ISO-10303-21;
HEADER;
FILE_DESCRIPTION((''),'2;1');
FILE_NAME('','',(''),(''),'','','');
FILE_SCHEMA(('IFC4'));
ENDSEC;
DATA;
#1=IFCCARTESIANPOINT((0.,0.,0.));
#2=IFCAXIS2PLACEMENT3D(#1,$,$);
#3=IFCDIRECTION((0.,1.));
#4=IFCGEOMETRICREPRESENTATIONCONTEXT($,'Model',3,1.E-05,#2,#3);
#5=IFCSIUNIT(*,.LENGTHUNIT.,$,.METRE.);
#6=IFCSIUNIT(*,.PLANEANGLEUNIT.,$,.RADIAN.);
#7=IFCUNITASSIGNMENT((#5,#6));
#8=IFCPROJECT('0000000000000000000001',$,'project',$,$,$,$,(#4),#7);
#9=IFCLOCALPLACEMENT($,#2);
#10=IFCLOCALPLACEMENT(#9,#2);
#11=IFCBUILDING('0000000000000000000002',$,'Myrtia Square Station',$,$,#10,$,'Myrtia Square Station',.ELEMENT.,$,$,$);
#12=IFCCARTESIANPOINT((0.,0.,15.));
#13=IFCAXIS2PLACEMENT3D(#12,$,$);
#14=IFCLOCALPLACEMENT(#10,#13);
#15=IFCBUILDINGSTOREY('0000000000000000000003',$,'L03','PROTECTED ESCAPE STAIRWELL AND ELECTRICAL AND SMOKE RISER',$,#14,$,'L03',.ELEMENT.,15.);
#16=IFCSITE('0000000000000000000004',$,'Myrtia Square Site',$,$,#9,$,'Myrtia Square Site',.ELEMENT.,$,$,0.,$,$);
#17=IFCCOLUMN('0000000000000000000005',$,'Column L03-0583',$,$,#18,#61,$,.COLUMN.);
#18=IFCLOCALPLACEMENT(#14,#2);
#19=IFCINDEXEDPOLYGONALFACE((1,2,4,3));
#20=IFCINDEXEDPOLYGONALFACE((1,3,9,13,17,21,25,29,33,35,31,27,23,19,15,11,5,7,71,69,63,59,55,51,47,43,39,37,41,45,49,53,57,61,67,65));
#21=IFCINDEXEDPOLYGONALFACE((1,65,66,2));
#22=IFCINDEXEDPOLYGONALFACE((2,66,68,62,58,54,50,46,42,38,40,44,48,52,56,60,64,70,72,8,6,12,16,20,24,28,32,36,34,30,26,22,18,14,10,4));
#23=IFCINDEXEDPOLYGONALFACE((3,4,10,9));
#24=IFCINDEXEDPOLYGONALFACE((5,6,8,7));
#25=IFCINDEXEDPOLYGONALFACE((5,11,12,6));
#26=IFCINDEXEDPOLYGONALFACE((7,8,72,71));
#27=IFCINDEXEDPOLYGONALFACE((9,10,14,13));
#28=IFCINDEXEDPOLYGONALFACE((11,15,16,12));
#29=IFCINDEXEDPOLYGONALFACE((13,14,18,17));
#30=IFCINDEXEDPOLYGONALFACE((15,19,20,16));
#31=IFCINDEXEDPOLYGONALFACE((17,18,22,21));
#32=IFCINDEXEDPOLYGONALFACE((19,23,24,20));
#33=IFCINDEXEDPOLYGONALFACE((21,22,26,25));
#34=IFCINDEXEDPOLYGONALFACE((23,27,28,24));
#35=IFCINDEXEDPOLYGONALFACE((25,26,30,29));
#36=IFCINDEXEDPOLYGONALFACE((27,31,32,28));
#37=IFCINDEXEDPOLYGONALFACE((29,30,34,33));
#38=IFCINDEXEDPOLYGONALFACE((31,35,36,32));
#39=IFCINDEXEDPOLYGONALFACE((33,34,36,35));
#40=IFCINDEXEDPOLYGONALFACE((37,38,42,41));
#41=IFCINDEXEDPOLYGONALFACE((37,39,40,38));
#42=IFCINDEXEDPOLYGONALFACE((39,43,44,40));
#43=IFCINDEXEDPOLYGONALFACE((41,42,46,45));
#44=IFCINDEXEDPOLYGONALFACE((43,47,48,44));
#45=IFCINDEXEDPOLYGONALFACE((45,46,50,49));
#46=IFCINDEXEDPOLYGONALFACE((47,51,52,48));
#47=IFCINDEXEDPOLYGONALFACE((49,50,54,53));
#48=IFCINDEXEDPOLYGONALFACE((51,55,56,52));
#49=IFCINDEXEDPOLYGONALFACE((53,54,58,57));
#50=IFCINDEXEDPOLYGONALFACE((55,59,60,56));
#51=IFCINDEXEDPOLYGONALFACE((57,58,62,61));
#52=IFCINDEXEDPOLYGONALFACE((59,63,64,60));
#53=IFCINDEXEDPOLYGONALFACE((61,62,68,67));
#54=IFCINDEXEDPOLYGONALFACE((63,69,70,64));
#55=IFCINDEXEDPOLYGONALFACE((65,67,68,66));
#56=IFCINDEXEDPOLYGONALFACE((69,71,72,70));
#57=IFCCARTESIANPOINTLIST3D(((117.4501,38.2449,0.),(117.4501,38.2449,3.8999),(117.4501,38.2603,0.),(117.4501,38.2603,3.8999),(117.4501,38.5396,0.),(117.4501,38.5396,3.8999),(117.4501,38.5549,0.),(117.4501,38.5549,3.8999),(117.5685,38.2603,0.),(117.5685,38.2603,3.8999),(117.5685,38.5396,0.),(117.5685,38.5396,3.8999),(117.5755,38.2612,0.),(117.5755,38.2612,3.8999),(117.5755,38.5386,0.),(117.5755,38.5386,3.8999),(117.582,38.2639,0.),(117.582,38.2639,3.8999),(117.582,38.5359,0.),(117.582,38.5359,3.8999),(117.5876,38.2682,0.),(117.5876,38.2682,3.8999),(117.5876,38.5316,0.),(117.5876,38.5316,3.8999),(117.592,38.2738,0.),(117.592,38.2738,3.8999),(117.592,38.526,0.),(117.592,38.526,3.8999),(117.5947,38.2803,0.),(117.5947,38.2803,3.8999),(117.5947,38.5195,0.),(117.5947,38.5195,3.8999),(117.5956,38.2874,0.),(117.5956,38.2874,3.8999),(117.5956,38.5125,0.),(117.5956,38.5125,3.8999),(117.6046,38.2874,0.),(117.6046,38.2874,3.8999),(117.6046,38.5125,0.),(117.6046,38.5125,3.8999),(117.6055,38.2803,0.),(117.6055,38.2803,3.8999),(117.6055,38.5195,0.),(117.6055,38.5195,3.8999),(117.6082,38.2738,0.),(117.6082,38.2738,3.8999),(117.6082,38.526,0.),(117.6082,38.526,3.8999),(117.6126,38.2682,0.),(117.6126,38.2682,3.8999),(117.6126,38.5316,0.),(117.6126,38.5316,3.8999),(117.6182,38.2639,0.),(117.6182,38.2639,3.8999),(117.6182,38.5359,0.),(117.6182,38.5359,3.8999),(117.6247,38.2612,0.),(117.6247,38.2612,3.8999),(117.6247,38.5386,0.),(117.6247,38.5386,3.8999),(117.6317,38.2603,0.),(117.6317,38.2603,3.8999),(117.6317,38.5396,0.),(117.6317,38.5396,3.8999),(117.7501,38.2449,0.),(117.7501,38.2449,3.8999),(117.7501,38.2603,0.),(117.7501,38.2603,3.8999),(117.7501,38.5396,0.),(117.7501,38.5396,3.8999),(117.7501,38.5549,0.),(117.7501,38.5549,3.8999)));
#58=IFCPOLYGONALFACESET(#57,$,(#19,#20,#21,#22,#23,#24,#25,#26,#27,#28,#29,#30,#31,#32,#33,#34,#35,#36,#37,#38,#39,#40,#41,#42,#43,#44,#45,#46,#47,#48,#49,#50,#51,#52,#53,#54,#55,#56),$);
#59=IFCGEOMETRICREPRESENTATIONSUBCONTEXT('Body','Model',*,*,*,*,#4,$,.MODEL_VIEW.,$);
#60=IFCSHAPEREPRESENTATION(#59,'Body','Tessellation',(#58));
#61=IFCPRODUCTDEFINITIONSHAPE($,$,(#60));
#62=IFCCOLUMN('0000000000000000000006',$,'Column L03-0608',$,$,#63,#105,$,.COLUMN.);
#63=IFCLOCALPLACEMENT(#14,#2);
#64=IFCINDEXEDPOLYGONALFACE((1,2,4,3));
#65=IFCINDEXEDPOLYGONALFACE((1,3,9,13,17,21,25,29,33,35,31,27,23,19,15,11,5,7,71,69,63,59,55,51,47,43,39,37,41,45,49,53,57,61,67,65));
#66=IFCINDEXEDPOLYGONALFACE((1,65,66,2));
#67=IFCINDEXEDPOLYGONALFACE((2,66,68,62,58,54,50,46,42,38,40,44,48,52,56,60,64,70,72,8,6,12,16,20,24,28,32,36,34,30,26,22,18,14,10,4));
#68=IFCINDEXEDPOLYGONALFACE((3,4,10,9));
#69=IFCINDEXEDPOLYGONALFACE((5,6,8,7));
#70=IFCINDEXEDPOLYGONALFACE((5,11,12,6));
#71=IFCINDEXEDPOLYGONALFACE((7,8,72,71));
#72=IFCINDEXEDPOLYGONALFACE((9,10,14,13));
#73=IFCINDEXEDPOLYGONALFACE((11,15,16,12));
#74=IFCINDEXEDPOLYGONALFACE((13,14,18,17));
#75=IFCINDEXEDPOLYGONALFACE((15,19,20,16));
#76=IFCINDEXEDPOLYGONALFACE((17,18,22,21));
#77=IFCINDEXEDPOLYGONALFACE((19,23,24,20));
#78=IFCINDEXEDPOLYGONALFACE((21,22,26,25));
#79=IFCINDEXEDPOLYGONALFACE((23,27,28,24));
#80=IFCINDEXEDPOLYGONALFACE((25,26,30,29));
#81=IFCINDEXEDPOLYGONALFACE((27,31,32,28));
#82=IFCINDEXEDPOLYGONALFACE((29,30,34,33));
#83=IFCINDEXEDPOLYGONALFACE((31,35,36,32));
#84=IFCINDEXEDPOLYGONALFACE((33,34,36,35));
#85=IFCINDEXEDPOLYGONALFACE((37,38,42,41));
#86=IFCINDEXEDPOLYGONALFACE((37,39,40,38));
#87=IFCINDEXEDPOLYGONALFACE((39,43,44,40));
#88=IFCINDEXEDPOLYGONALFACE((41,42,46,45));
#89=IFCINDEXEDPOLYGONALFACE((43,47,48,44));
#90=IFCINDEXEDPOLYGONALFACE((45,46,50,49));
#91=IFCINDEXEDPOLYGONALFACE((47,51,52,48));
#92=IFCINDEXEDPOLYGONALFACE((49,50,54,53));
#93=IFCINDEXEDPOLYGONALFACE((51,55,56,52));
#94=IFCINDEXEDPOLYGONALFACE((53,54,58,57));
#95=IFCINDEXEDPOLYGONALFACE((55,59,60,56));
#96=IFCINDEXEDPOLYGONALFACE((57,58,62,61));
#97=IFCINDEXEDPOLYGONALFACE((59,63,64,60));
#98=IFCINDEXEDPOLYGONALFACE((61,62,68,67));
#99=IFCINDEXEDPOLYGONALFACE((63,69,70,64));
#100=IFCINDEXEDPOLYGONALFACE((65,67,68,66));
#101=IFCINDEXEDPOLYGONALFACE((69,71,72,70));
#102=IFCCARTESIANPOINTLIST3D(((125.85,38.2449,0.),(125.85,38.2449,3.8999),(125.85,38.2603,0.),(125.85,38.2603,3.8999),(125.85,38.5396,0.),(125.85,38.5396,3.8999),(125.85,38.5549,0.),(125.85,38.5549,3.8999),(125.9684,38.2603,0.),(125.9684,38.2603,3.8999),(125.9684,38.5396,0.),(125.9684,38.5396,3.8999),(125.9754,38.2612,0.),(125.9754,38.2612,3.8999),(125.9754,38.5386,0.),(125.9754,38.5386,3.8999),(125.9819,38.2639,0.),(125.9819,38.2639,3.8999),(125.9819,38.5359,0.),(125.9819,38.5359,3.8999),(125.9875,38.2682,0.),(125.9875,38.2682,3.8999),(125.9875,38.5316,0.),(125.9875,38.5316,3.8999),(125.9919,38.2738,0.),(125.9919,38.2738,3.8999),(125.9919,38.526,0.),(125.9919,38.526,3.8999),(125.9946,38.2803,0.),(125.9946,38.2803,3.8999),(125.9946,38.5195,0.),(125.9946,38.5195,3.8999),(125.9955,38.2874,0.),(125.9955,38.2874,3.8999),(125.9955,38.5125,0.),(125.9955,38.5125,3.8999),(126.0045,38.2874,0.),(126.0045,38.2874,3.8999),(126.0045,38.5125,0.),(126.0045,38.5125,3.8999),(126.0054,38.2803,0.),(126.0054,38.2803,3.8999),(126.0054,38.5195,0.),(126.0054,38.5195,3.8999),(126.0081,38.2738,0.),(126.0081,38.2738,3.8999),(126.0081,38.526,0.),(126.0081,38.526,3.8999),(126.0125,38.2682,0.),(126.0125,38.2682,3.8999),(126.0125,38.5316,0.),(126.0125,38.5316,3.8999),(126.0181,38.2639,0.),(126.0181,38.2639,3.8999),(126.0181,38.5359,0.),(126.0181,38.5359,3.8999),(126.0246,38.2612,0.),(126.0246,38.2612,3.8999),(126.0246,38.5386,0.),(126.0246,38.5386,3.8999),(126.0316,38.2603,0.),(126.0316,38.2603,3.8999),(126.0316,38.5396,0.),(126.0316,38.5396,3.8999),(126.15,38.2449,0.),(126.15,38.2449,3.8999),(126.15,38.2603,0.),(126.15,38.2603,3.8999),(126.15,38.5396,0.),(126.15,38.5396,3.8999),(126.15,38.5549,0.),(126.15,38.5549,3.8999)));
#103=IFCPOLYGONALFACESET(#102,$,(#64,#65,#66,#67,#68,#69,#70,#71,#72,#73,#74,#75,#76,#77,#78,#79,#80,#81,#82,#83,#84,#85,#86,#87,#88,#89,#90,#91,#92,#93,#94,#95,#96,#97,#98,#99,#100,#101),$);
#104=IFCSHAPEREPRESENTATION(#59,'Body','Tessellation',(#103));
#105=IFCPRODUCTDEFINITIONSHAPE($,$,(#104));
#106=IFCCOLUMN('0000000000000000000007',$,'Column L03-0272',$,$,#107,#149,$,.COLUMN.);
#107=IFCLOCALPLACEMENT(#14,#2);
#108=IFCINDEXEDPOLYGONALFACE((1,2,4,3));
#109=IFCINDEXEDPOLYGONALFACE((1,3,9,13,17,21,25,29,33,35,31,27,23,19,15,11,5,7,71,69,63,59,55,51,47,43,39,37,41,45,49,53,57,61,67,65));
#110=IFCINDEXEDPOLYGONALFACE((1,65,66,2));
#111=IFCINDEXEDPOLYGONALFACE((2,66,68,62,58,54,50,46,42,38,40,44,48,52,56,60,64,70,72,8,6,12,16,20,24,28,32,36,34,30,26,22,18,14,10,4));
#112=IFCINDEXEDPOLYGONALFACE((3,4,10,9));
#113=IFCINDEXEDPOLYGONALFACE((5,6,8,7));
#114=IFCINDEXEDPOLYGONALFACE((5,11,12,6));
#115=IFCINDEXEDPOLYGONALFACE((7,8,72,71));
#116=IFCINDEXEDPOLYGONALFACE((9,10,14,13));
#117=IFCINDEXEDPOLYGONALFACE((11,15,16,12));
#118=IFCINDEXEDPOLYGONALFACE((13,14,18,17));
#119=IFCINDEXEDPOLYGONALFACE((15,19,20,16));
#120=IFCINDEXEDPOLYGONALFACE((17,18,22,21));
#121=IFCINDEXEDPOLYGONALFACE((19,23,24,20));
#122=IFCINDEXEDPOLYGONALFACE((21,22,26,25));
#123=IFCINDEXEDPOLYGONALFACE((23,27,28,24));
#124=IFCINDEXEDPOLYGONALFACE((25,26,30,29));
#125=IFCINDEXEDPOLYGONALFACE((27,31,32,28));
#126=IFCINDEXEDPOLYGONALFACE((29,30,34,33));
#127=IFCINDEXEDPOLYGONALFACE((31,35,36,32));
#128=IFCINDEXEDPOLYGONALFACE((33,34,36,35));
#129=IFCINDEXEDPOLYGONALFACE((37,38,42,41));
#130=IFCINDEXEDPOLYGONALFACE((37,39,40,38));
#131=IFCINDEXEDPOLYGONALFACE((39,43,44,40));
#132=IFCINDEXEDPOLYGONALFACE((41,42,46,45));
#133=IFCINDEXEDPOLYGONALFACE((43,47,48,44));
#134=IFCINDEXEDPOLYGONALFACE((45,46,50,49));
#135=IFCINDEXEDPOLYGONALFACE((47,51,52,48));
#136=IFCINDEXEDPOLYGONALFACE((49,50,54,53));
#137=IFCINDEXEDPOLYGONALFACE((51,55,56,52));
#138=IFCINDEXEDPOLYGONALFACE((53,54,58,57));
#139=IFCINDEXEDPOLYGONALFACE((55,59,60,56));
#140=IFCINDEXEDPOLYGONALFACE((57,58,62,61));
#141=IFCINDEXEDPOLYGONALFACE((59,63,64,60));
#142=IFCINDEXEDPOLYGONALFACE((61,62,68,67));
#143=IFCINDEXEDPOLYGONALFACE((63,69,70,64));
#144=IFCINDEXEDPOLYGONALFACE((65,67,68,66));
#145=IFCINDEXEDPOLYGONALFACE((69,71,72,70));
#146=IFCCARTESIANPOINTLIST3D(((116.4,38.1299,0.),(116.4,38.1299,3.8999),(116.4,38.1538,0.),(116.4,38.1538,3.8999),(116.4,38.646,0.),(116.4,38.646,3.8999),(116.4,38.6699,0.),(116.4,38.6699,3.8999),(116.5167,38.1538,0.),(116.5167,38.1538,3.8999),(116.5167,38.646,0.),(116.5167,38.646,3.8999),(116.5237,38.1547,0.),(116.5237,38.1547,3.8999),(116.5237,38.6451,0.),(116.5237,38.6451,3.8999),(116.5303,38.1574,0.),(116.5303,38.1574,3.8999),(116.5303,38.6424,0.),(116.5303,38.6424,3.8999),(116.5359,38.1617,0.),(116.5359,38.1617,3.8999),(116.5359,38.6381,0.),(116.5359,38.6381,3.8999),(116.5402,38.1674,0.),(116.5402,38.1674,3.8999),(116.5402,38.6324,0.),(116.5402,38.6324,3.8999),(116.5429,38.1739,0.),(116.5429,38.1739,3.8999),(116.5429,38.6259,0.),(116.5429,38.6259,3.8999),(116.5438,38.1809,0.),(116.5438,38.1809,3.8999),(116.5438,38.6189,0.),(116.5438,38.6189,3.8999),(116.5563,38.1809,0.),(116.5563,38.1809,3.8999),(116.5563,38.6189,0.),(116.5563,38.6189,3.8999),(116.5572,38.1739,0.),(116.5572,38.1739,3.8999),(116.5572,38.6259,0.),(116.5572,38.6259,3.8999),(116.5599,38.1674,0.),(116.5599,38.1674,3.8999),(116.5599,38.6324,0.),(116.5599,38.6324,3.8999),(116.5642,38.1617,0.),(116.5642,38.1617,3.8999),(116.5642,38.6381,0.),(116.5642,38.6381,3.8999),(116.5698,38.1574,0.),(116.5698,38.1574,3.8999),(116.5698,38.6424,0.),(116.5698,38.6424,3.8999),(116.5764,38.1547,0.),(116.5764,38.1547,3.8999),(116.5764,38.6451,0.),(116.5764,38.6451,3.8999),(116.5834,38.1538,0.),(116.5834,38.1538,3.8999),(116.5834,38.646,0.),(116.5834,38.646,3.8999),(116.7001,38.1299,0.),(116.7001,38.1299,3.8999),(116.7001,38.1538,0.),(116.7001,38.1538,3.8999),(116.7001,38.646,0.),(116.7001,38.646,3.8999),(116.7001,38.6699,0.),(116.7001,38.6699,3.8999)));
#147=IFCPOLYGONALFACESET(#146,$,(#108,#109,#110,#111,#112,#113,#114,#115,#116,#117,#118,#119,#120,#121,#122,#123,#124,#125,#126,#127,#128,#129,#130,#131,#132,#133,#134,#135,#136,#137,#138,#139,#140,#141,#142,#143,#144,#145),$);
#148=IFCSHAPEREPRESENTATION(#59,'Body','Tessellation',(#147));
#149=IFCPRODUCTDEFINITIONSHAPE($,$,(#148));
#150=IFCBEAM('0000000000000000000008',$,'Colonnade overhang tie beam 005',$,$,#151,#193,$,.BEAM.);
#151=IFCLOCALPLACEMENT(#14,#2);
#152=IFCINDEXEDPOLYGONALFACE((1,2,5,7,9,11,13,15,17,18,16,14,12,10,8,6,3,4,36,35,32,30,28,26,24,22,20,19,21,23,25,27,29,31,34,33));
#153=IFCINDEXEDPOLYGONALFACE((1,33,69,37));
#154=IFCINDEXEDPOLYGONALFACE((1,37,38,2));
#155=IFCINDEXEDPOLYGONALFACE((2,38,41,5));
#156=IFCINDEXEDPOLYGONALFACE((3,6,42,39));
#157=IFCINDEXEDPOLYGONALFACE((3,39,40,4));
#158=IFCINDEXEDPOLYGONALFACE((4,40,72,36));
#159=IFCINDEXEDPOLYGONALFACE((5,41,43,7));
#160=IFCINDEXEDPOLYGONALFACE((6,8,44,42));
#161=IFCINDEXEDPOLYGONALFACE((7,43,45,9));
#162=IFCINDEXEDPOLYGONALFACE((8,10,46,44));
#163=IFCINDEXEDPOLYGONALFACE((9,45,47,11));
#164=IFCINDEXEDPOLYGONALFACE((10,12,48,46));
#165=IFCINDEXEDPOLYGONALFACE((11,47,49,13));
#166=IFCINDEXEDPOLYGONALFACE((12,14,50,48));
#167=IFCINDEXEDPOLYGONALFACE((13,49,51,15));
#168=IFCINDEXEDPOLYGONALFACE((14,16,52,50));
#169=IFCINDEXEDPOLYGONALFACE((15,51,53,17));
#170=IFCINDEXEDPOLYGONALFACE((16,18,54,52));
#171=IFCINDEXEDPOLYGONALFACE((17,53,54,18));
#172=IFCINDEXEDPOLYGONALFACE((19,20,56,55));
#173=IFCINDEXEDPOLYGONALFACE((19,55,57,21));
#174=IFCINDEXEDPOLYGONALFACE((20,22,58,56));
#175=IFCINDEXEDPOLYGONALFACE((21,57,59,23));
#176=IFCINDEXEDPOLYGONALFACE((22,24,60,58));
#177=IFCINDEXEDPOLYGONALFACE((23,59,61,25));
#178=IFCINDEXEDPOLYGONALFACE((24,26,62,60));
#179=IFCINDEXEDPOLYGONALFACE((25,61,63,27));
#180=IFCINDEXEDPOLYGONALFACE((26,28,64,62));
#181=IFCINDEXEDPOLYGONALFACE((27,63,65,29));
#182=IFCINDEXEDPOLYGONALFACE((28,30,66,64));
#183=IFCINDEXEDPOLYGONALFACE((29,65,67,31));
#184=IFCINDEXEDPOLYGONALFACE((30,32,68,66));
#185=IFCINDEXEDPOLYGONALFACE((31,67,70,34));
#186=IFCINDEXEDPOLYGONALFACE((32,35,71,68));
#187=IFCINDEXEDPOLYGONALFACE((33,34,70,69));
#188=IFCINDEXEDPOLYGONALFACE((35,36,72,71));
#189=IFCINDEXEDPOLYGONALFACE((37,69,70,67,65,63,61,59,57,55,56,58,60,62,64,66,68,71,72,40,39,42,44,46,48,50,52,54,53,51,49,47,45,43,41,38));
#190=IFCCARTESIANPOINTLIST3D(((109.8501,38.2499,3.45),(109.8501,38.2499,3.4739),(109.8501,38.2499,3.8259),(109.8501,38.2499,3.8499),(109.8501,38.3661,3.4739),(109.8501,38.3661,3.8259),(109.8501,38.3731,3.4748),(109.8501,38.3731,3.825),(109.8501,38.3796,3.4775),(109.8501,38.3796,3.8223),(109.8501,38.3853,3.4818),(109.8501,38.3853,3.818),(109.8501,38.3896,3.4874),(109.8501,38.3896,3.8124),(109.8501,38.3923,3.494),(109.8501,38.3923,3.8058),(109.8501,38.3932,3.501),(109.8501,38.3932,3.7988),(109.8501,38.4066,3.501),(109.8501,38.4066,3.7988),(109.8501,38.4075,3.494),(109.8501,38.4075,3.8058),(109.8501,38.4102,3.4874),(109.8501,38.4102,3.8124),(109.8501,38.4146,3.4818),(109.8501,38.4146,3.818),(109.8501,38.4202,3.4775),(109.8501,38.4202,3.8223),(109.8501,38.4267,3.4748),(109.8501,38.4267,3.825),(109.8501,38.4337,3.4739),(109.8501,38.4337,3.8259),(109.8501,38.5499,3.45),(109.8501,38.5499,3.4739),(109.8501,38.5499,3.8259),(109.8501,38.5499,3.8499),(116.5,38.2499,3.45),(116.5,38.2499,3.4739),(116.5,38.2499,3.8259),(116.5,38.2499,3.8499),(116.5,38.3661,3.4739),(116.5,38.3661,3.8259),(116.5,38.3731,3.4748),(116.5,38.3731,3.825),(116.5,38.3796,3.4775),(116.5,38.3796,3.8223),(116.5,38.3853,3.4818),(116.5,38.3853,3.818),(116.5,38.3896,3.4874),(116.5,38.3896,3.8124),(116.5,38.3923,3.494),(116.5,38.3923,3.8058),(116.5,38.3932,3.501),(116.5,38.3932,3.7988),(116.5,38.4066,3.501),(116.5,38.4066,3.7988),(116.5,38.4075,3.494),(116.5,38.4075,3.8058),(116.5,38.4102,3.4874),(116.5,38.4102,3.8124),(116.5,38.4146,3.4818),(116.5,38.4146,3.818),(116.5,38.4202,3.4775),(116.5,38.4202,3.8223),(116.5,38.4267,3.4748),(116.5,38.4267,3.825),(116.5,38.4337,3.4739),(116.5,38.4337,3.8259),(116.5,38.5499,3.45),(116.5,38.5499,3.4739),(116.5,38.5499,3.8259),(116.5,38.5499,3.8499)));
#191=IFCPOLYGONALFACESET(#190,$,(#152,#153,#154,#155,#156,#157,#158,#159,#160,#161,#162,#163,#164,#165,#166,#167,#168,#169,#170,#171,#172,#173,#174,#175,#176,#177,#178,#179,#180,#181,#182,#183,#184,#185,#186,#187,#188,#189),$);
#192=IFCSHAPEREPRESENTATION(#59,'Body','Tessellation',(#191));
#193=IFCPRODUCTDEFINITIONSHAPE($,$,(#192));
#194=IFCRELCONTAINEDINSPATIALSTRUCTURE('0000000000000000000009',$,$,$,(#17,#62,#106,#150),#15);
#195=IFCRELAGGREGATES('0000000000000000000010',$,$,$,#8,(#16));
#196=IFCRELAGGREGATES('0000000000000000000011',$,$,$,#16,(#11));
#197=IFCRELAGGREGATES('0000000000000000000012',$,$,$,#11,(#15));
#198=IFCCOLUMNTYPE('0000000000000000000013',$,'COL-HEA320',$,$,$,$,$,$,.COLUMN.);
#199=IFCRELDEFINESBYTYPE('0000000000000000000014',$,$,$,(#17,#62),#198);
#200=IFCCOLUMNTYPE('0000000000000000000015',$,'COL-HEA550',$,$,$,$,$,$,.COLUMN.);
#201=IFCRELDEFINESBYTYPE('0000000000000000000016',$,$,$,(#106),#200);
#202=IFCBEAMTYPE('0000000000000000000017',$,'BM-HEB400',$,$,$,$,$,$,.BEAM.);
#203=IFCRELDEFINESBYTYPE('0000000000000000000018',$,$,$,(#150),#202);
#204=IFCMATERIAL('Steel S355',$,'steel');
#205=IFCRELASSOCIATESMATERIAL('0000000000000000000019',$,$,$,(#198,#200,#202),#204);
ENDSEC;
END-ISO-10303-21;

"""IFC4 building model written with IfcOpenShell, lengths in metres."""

from ifc_helpers import new_model, si_unit, direction, frame, origin, origin_2d, place, context, subcontext, project, spatial, i_section, extrude, material, material_profile, profile_set, type_object, element, save


model = new_model("IFC4")

# Units and contexts
model_context = context("Model", 3, precision=1e-05, world=origin(), true_north=direction((0.0, 1.0)))
body_context = subcontext(model_context, "Body", "Model", "MODEL_VIEW")
ifc_project = project(units=[si_unit("LENGTHUNIT", "METRE"), si_unit("PLANEANGLEUNIT", "RADIAN")], contexts=[model_context])

# Site, building, storey
site_placement = place(None, origin())
site = spatial("IfcSite", under=ifc_project, at=site_placement, Name="Myrtia Square Site", LongName="Myrtia Square Site", CompositionType="ELEMENT", RefElevation=0.0)
building_placement = place(site_placement, origin())
building = spatial("IfcBuilding", under=site, at=building_placement, Name="Myrtia Square Station", LongName="Myrtia Square Station", CompositionType="ELEMENT")
storey_placement = place(building_placement, frame((0.0, 0.0, 15.0)))
storey = spatial("IfcBuildingStorey", under=building, at=storey_placement, Name="L03", Description="PROTECTED ESCAPE STAIRWELL AND ELECTRICAL AND SMOKE RISER", LongName="L03", CompositionType="ELEMENT", Elevation=15.0)

# Columns
ifc_material_1 = material(Name="Steel S355", Category="steel")
ifc_material_profile_1 = material_profile(ifc_material_1, i_section(OverallWidth=0.3, OverallDepth=0.3101, WebThickness=0.009, FlangeThickness=0.0154, FilletRadius=0.0271, at=origin_2d()), Name="HEA 320")
ifc_profile_set_1 = profile_set([ifc_material_profile_1], Name="Steel S355")
column_type_1 = type_object("IfcColumnType", Name="COL-HEA320", PredefinedType="COLUMN", material=ifc_profile_set_1)
for number, where, z_axis, x_axis, name in (
    (1, (117.6001, 38.3999, 0.0), (0.0, 0.0, 1.0), (1.0, 0.0, 0.0), "Column L03-0583"),
    (2, (126.0, 38.3999, 0.0), (0.0, 0.0, 1.0), (1.0, 0.0, 0.0), "Column L03-0608"),
):
    element("IfcColumn", number, at=place(storey_placement, frame(where, z_axis=z_axis, x_axis=x_axis)), inside=storey, type_object=column_type_1, Name=name, PredefinedType="COLUMN", context=body_context, shape_type="SweptSolid", body=[
        extrude(i_section(OverallWidth=0.3, OverallDepth=0.3101, WebThickness=0.009, FlangeThickness=0.0154, FilletRadius=0.0271, at=origin_2d()), origin(), (0.0, 0.0, 1.0), 3.8999),
    ])
ifc_material_profile_2 = material_profile(ifc_material_1, i_section(OverallWidth=0.3, OverallDepth=0.54, WebThickness=0.0125, FlangeThickness=0.0239, FilletRadius=0.0271, at=origin_2d()), Name="HEA 550")
ifc_profile_set_2 = profile_set([ifc_material_profile_2], Name="Steel S355")
column_type_2 = type_object("IfcColumnType", Name="COL-HEA550", PredefinedType="COLUMN", material=ifc_profile_set_2)
column_placement = place(storey_placement, frame((116.55, 38.3999, 0.0), z_axis=(0.0, 0.0, 1.0), x_axis=(1.0, 0.0, 0.0)))
element("IfcColumn", 3, at=column_placement, inside=storey, type_object=column_type_2, Name="Column L03-0272", PredefinedType="COLUMN", context=body_context, shape_type="SweptSolid", body=[
    extrude(i_section(OverallWidth=0.3, OverallDepth=0.54, WebThickness=0.0125, FlangeThickness=0.0239, FilletRadius=0.0271, at=origin_2d()), origin(), (0.0, 0.0, 1.0), 3.8999),
])

# Beam
ifc_material_profile_3 = material_profile(ifc_material_1, i_section(OverallWidth=0.3, OverallDepth=0.3999, WebThickness=0.0134, FlangeThickness=0.0239, FilletRadius=0.0271, at=origin_2d()), Name="HEB 400")
ifc_profile_set_3 = profile_set([ifc_material_profile_3], Name="Steel S355")
beam_type_1 = type_object("IfcBeamType", Name="BM-HEB400", PredefinedType="BEAM", material=ifc_profile_set_3)
beam_1_placement = place(storey_placement, frame((109.8501, 38.3999, 3.6499), z_axis=(1.0, 0.0, 0.0), x_axis=(0.0, 1.0, 0.0)))
element("IfcBeam", 4, at=beam_1_placement, inside=storey, type_object=beam_type_1, Name="Colonnade overhang tie beam 005", PredefinedType="BEAM", context=body_context, shape_type="SweptSolid", body=[
    extrude(i_section(OverallWidth=0.3, OverallDepth=0.3999, WebThickness=0.0134, FlangeThickness=0.0239, FilletRadius=0.0271, at=origin_2d()), origin(), (0.0, 0.0, 1.0), 6.6499),
])

save(model, "model.ifc")
